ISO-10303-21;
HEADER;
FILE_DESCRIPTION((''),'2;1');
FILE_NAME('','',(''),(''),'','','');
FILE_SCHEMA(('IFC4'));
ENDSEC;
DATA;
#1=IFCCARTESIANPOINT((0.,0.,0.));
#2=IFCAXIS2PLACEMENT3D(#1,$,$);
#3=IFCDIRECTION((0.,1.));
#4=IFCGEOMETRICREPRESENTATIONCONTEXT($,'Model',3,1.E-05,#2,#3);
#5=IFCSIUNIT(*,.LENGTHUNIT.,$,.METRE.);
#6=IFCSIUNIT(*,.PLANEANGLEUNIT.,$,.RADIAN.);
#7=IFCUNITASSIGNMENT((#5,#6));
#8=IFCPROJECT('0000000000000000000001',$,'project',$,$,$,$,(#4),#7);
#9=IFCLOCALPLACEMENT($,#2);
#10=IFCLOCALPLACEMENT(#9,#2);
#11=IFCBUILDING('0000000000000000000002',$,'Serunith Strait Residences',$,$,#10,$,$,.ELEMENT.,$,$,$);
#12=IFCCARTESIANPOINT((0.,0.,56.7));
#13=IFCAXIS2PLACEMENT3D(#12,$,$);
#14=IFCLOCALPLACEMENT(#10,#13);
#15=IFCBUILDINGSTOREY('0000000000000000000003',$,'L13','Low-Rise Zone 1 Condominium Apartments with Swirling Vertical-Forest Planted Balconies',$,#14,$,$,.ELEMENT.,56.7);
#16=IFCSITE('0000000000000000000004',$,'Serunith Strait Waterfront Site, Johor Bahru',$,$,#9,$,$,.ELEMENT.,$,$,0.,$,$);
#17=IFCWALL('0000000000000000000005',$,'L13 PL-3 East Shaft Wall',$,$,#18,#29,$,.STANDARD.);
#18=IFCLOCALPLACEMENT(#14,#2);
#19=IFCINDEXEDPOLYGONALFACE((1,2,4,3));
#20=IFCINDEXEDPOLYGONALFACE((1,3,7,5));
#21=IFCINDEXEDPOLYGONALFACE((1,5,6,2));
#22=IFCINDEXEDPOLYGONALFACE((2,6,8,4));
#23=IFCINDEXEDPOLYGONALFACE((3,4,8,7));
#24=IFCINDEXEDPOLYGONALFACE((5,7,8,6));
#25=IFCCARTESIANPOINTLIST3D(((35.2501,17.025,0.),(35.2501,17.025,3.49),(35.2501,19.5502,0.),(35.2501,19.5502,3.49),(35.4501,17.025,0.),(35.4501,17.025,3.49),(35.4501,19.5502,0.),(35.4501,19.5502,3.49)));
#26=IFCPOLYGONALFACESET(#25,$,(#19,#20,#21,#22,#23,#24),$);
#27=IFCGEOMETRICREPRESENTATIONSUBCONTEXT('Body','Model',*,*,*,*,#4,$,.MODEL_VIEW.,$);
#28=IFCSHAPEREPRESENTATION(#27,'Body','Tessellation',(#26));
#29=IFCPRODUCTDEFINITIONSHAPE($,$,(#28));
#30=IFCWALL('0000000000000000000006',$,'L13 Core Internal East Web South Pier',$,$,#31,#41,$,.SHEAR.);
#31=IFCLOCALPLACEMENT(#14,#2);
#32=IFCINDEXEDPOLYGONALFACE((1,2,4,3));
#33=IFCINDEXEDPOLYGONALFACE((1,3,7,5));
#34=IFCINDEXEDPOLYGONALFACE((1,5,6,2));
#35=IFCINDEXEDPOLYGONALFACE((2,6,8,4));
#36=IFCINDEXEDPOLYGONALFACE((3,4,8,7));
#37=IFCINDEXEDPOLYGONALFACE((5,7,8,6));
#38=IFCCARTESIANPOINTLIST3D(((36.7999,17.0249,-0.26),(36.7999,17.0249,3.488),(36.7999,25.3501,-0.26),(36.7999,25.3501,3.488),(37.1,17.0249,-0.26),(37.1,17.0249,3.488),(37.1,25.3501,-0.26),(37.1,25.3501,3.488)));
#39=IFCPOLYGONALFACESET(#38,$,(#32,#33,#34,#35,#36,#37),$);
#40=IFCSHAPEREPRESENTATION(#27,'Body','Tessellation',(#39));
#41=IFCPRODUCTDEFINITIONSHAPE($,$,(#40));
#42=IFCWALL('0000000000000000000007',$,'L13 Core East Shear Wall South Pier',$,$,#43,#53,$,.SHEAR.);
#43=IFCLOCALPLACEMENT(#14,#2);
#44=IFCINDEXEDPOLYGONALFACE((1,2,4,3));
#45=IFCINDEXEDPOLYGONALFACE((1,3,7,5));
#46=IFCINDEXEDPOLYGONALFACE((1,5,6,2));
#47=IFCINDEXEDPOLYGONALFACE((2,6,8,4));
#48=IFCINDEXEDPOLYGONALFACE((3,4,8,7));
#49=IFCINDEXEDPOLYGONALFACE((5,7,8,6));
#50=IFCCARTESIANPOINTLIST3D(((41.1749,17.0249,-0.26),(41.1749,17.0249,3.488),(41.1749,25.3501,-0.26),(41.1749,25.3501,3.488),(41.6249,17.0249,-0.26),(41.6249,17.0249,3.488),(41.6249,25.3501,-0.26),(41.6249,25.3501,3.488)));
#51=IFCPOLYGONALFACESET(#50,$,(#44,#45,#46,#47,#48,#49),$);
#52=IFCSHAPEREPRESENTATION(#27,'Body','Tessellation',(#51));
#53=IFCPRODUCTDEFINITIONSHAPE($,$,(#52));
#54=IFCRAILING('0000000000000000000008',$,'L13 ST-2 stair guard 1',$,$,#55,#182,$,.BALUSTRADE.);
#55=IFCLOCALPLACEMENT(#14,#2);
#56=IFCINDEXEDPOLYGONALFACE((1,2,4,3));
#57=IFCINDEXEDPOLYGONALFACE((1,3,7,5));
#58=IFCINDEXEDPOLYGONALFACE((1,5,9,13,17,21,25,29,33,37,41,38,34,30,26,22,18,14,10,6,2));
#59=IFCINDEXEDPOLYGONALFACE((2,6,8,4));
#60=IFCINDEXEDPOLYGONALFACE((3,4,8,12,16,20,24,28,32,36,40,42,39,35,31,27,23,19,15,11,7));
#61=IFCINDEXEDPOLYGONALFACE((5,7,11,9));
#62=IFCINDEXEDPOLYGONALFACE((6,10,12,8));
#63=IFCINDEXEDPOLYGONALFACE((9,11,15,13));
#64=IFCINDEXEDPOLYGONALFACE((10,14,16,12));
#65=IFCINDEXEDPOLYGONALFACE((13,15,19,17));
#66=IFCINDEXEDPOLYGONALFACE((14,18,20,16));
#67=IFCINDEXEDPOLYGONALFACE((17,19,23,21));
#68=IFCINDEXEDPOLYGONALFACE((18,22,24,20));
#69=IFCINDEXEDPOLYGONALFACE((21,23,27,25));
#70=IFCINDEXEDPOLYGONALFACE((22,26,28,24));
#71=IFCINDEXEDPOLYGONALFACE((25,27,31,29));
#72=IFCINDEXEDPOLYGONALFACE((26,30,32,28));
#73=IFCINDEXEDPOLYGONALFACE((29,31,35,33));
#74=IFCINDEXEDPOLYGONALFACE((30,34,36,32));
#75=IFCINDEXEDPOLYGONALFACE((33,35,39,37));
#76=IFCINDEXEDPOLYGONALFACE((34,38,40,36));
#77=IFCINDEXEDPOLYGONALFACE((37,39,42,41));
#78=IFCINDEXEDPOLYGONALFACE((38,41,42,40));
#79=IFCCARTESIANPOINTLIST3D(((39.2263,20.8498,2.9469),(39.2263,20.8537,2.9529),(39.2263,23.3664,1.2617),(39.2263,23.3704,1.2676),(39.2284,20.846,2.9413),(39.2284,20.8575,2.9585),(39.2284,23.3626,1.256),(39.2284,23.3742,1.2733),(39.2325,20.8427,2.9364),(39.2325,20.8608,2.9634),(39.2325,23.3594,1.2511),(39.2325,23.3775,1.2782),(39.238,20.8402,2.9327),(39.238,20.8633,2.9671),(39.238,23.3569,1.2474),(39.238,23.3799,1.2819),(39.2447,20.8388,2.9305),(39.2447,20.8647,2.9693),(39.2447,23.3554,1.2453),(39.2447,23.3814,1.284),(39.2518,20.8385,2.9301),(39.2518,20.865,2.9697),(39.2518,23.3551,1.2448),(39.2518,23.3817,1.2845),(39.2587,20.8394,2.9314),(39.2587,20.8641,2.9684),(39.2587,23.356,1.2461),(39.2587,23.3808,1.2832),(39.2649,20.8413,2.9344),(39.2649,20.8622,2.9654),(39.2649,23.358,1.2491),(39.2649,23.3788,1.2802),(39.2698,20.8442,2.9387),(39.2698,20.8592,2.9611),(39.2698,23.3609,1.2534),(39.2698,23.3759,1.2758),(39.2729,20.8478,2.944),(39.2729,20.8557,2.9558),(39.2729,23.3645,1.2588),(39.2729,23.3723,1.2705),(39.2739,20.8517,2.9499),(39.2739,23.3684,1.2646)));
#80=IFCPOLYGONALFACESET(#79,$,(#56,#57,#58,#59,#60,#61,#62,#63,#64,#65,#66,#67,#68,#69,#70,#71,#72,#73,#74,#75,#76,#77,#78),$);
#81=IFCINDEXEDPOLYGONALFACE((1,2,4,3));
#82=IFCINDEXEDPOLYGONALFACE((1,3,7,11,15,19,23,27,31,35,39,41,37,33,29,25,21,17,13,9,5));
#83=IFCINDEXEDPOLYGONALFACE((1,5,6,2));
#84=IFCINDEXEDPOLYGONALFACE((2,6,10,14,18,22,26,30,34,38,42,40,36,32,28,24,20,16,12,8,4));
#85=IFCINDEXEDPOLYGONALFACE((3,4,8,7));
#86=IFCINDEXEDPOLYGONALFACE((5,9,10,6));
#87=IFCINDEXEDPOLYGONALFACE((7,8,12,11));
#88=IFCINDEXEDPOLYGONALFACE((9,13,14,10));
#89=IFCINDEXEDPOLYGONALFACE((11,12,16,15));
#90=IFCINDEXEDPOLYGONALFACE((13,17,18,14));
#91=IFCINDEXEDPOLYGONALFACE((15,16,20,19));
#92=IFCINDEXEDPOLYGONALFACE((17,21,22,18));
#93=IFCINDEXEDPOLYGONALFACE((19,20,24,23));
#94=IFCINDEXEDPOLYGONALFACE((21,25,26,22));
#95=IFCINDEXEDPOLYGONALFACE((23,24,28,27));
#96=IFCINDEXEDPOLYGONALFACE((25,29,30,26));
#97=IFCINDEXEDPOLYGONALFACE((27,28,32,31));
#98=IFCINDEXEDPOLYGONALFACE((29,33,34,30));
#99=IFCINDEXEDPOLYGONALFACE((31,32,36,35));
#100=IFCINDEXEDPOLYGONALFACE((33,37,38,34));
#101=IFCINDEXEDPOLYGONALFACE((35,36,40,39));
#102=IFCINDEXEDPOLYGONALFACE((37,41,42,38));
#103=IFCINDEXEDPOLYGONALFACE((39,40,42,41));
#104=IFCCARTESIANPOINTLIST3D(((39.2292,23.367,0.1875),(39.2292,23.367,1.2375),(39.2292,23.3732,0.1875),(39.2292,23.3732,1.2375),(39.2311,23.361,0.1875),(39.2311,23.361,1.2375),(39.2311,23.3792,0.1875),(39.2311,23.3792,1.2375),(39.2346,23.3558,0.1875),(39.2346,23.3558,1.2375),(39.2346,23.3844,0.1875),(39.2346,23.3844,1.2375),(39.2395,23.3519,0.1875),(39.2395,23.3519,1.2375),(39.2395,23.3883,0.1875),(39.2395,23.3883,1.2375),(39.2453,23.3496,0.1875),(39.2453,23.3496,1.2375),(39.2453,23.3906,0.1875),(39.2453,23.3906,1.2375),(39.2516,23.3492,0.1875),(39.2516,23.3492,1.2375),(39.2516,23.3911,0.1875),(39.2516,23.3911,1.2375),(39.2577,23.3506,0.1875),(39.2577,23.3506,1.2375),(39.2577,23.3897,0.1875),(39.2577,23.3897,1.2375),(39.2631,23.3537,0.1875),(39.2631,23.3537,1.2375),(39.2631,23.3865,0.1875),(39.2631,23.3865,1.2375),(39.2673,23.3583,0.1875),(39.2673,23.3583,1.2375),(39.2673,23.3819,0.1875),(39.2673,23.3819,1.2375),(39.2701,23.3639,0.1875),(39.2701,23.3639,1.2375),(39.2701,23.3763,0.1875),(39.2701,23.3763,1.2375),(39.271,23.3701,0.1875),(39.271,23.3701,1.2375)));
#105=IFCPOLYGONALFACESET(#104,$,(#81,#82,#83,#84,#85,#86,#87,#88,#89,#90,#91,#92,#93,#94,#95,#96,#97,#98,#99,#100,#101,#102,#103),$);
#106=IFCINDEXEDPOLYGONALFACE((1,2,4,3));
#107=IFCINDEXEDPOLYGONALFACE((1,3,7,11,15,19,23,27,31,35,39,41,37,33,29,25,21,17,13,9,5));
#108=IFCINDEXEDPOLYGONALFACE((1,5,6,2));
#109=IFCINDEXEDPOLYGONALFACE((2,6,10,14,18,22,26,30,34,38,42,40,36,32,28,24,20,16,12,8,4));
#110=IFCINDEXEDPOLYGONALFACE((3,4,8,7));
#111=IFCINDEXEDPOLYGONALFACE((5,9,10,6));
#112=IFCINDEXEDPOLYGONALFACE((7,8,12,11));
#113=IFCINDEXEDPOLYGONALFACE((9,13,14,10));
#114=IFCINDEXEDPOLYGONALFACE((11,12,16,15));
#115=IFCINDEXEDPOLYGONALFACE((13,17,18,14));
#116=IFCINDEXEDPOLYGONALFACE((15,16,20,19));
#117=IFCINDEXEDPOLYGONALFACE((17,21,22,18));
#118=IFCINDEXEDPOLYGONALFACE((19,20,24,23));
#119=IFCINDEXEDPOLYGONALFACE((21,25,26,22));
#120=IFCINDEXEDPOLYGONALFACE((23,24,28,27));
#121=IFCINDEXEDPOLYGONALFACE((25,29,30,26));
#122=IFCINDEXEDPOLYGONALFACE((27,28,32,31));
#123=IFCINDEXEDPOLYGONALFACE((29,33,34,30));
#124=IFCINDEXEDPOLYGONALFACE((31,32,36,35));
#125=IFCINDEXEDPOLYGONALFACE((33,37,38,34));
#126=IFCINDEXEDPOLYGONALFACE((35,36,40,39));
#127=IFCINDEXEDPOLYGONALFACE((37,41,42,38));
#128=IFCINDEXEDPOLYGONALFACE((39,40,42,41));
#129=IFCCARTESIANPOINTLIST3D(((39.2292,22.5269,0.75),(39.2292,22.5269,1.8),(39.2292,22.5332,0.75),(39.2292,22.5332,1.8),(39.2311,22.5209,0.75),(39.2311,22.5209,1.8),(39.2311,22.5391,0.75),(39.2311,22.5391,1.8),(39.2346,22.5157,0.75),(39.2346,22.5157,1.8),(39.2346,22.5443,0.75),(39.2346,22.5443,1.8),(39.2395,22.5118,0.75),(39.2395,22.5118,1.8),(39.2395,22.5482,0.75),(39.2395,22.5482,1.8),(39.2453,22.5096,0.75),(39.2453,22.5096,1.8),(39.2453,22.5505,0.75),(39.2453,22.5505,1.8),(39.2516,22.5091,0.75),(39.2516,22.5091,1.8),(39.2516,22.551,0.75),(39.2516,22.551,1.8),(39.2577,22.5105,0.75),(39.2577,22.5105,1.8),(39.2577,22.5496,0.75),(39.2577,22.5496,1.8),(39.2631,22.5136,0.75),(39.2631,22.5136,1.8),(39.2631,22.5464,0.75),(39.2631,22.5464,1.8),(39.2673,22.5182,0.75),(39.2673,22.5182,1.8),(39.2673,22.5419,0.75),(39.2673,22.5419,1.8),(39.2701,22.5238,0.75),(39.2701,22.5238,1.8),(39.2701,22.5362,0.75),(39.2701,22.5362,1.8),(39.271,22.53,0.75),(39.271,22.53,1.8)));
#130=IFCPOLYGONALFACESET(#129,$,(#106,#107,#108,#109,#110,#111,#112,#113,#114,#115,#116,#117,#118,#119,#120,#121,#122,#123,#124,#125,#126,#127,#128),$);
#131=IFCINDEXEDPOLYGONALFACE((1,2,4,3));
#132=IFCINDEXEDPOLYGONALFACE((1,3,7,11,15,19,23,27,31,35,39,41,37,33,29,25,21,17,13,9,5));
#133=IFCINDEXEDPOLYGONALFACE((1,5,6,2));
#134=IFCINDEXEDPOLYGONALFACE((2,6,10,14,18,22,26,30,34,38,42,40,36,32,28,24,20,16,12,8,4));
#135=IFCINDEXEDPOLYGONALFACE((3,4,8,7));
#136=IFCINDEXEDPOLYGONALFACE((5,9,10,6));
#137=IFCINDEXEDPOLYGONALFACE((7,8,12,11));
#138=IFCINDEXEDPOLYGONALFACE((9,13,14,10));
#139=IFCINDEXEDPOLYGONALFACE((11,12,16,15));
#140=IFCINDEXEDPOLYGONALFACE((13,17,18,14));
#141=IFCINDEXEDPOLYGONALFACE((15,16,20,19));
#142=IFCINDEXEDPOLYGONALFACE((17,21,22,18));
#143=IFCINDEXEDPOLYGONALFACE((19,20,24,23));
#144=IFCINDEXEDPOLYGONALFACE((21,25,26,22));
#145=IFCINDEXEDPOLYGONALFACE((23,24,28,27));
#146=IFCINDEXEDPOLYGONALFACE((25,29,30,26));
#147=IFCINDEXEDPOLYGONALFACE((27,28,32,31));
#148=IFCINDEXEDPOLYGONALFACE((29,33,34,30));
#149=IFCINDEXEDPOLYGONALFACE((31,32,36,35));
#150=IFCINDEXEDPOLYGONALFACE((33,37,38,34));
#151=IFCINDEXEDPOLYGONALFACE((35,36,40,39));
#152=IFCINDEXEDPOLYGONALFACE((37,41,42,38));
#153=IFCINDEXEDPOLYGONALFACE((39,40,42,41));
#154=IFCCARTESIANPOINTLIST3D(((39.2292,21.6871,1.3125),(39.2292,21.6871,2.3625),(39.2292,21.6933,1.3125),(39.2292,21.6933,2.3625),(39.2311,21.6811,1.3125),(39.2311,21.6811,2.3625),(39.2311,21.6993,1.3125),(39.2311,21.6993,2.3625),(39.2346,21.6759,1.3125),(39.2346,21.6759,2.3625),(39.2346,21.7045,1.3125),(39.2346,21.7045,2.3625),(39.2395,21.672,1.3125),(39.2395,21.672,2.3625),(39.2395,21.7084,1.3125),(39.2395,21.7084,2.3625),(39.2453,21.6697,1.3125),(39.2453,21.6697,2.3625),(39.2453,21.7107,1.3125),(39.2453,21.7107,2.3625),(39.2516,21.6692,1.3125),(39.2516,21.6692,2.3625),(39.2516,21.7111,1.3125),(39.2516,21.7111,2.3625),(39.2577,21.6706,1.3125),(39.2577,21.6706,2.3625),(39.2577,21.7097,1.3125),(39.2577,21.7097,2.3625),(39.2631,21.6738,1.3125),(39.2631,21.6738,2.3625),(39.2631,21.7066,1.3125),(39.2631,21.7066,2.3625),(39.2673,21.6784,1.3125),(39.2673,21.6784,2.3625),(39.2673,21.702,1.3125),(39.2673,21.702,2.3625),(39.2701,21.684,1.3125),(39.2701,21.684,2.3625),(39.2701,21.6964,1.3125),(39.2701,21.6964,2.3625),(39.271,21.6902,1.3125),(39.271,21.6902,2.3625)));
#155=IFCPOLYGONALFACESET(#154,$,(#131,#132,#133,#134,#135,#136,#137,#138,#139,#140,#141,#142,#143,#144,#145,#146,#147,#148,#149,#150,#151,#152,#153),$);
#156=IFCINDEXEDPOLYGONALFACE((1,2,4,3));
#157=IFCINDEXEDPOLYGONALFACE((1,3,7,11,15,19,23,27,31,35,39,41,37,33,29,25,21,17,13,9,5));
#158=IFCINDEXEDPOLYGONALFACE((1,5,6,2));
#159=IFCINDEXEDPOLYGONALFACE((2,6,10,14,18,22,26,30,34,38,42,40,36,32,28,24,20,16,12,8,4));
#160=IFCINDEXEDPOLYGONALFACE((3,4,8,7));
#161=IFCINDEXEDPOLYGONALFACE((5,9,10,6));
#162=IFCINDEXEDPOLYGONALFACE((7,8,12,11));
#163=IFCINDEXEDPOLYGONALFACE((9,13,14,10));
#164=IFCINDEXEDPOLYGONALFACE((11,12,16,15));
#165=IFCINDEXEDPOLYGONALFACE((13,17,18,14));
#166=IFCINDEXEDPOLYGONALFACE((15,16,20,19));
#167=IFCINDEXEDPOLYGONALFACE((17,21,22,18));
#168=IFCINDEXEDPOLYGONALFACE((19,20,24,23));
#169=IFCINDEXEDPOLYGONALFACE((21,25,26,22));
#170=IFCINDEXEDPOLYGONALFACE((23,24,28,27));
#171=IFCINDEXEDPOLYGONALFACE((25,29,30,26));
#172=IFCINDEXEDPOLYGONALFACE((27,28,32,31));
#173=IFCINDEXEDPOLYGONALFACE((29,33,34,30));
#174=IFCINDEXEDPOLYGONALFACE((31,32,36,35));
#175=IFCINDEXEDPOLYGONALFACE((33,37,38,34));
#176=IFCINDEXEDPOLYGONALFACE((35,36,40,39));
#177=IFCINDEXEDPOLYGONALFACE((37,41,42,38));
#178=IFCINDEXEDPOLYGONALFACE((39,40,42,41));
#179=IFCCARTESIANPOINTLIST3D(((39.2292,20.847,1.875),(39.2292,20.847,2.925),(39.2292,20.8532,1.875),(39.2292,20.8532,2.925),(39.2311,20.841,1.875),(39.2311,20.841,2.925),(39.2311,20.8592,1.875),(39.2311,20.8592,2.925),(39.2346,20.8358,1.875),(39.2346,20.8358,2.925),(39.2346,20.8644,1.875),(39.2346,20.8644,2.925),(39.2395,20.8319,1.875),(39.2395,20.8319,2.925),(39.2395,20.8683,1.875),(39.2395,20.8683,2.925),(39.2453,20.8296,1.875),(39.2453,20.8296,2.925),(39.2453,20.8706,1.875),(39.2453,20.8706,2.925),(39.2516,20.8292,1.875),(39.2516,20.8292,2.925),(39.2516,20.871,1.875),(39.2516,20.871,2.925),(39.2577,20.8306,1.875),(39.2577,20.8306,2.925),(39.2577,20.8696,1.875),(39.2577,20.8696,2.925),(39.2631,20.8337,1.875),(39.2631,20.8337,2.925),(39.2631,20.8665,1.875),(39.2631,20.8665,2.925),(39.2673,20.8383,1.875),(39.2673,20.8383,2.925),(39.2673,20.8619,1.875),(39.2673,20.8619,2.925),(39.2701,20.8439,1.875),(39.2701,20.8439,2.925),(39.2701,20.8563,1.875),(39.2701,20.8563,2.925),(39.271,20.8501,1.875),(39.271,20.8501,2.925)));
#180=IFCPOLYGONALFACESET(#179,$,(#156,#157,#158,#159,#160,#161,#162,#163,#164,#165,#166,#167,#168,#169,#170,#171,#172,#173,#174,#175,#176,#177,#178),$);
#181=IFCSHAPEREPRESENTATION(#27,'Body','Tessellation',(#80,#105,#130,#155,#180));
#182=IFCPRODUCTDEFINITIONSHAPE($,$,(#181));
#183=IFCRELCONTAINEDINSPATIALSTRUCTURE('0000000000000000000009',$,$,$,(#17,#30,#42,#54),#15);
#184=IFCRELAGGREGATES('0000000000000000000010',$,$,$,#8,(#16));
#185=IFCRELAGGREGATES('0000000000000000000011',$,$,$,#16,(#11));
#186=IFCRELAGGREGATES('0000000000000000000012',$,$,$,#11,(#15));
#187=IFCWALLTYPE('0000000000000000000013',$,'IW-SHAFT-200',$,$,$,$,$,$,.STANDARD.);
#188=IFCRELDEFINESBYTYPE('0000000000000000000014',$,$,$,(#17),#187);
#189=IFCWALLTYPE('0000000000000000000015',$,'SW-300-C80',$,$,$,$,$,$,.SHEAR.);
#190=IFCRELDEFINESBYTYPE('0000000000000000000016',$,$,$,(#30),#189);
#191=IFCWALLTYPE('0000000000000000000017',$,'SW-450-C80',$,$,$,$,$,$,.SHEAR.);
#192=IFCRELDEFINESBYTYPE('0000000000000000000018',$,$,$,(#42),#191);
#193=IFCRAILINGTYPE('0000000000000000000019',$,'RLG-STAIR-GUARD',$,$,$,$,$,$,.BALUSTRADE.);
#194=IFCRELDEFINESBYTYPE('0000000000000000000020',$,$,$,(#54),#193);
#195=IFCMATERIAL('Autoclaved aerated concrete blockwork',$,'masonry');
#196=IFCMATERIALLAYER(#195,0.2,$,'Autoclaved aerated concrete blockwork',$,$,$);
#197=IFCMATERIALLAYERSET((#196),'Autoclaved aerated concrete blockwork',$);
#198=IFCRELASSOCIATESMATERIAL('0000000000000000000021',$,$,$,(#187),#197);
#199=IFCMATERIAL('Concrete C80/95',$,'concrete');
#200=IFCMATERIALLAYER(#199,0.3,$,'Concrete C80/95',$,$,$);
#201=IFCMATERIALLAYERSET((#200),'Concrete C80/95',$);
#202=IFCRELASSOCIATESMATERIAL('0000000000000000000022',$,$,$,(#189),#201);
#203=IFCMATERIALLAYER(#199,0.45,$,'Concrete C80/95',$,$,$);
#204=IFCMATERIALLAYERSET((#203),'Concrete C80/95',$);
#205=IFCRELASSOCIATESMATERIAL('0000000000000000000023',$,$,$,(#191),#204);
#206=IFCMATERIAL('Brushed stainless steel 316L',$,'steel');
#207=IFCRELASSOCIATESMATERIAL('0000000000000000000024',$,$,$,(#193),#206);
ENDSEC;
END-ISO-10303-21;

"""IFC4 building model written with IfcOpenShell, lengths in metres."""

from ifc_helpers import new_model, si_unit, direction, frame, frame_2d, origin, origin_2d, place, context, subcontext, project, spatial, rectangle, circle, extrude, material, layer, layer_set, type_object, element, save


model = new_model("IFC4")

# Units and contexts
model_context = context("Model", 3, precision=1e-05, world=origin(), true_north=direction((0.0, 1.0)))
body_context = subcontext(model_context, "Body", "Model", "MODEL_VIEW")
ifc_project = project(units=[si_unit("LENGTHUNIT", "METRE"), si_unit("PLANEANGLEUNIT", "RADIAN")], contexts=[model_context])

# Site, building, storey
site_placement = place(None, origin())
site = spatial("IfcSite", under=ifc_project, at=site_placement, Name="Serunith Strait Waterfront Site, Johor Bahru", CompositionType="ELEMENT", RefElevation=0.0)
building_placement = place(site_placement, origin())
building = spatial("IfcBuilding", under=site, at=building_placement, Name="Serunith Strait Residences", CompositionType="ELEMENT")
storey_placement = place(building_placement, frame((0.0, 0.0, 56.7)))
storey = spatial("IfcBuildingStorey", under=building, at=storey_placement, Name="L13", Description="Low-Rise Zone 1 Condominium Apartments with Swirling Vertical-Forest Planted Balconies", CompositionType="ELEMENT", Elevation=56.7)

# Shared definitions
ifc_material_1 = material(Name="Autoclaved aerated concrete blockwork", Category="masonry")
ifc_layer_1 = layer(ifc_material_1, 0.2, Name="Autoclaved aerated concrete blockwork")
ifc_layer_set_1 = layer_set([ifc_layer_1], Name="Autoclaved aerated concrete blockwork")
wall_type_1 = type_object("IfcWallType", Name="IW-SHAFT-200", PredefinedType="STANDARD", material=ifc_layer_set_1)

# Walls
wall_1_placement = place(storey_placement, frame((35.3501, 17.0249, 0.0), z_axis=(0.0, 0.0, 1.0), x_axis=(0.0, 1.0, 0.0)))
element("IfcWall", 1, at=wall_1_placement, inside=storey, type_object=wall_type_1, Name="L13 PL-3 East Shaft Wall", PredefinedType="STANDARD", context=body_context, shape_type="SweptSolid", body=[
    extrude(rectangle(XDim=2.5251, YDim=0.2, at=frame_2d((1.2627, 0.0))), origin(), (0.0, 0.0, 1.0), 3.49),
])
ifc_material_2 = material(Name="Concrete C80/95", Category="concrete")
ifc_layer_2 = layer(ifc_material_2, 0.3, Name="Concrete C80/95")
ifc_layer_set_2 = layer_set([ifc_layer_2], Name="Concrete C80/95")
wall_type_2 = type_object("IfcWallType", Name="SW-300-C80", PredefinedType="SHEAR", material=ifc_layer_set_2)
wall_2_placement = place(storey_placement, frame((36.95, 17.0249, -0.26), z_axis=(0.0, 0.0, 1.0), x_axis=(0.0, 1.0, 0.0)))
element("IfcWall", 2, at=wall_2_placement, inside=storey, type_object=wall_type_2, Name="L13 Core Internal East Web South Pier", PredefinedType="SHEAR", context=body_context, shape_type="SweptSolid", body=[
    extrude(rectangle(XDim=8.3252, YDim=0.3, at=frame_2d((4.1626, 0.0))), origin(), (0.0, 0.0, 1.0), 3.748),
])
ifc_layer_3 = layer(ifc_material_2, 0.45, Name="Concrete C80/95")
ifc_layer_set_3 = layer_set([ifc_layer_3], Name="Concrete C80/95")
wall_type_3 = type_object("IfcWallType", Name="SW-450-C80", PredefinedType="SHEAR", material=ifc_layer_set_3)
wall_3_placement = place(storey_placement, frame((41.3999, 17.0249, -0.26), z_axis=(0.0, 0.0, 1.0), x_axis=(0.0, 1.0, 0.0)))
element("IfcWall", 3, at=wall_3_placement, inside=storey, type_object=wall_type_3, Name="L13 Core East Shear Wall South Pier", PredefinedType="SHEAR", context=body_context, shape_type="SweptSolid", body=[
    extrude(rectangle(XDim=8.3252, YDim=0.45, at=frame_2d((4.1626, 0.0))), origin(), (0.0, 0.0, 1.0), 3.748),
])

# Railing
ifc_material_3 = material(Name="Brushed stainless steel 316L", Category="steel")
railing_type_1 = type_object("IfcRailingType", Name="RLG-STAIR-GUARD", PredefinedType="BALUSTRADE", material=ifc_material_3)
railing_1_placement = place(storey_placement, frame((39.25, 23.3701, 0.1875)))
element("IfcRailing", 4, at=railing_1_placement, inside=storey, type_object=railing_type_1, Name="L13 ST-2 stair guard 1", PredefinedType="BALUSTRADE", context=body_context, shape_type="SweptSolid", body=[
    extrude(circle(Radius=0.0239, at=origin_2d()), frame((0.0, -0.0017, 1.0771), z_axis=(0.0, -0.830909, 0.556408), x_axis=(1.0, 0.0, 0.0)), (0.0, 0.0, 1.0), 3.0288),
    extrude(circle(Radius=0.021, at=origin_2d()), origin(), (0.0, 0.0, 1.0), 1.05),
    extrude(circle(Radius=0.021, at=origin_2d()), frame((0.0, -0.8401, 0.5625)), (0.0, 0.0, 1.0), 1.05),
    extrude(circle(Radius=0.021, at=origin_2d()), frame((0.0, -1.6799, 1.125)), (0.0, 0.0, 1.0), 1.05),
    extrude(circle(Radius=0.021, at=origin_2d()), frame((0.0, -2.52, 1.6875)), (0.0, 0.0, 1.0), 1.05),
])

save(model, "model.ifc")
